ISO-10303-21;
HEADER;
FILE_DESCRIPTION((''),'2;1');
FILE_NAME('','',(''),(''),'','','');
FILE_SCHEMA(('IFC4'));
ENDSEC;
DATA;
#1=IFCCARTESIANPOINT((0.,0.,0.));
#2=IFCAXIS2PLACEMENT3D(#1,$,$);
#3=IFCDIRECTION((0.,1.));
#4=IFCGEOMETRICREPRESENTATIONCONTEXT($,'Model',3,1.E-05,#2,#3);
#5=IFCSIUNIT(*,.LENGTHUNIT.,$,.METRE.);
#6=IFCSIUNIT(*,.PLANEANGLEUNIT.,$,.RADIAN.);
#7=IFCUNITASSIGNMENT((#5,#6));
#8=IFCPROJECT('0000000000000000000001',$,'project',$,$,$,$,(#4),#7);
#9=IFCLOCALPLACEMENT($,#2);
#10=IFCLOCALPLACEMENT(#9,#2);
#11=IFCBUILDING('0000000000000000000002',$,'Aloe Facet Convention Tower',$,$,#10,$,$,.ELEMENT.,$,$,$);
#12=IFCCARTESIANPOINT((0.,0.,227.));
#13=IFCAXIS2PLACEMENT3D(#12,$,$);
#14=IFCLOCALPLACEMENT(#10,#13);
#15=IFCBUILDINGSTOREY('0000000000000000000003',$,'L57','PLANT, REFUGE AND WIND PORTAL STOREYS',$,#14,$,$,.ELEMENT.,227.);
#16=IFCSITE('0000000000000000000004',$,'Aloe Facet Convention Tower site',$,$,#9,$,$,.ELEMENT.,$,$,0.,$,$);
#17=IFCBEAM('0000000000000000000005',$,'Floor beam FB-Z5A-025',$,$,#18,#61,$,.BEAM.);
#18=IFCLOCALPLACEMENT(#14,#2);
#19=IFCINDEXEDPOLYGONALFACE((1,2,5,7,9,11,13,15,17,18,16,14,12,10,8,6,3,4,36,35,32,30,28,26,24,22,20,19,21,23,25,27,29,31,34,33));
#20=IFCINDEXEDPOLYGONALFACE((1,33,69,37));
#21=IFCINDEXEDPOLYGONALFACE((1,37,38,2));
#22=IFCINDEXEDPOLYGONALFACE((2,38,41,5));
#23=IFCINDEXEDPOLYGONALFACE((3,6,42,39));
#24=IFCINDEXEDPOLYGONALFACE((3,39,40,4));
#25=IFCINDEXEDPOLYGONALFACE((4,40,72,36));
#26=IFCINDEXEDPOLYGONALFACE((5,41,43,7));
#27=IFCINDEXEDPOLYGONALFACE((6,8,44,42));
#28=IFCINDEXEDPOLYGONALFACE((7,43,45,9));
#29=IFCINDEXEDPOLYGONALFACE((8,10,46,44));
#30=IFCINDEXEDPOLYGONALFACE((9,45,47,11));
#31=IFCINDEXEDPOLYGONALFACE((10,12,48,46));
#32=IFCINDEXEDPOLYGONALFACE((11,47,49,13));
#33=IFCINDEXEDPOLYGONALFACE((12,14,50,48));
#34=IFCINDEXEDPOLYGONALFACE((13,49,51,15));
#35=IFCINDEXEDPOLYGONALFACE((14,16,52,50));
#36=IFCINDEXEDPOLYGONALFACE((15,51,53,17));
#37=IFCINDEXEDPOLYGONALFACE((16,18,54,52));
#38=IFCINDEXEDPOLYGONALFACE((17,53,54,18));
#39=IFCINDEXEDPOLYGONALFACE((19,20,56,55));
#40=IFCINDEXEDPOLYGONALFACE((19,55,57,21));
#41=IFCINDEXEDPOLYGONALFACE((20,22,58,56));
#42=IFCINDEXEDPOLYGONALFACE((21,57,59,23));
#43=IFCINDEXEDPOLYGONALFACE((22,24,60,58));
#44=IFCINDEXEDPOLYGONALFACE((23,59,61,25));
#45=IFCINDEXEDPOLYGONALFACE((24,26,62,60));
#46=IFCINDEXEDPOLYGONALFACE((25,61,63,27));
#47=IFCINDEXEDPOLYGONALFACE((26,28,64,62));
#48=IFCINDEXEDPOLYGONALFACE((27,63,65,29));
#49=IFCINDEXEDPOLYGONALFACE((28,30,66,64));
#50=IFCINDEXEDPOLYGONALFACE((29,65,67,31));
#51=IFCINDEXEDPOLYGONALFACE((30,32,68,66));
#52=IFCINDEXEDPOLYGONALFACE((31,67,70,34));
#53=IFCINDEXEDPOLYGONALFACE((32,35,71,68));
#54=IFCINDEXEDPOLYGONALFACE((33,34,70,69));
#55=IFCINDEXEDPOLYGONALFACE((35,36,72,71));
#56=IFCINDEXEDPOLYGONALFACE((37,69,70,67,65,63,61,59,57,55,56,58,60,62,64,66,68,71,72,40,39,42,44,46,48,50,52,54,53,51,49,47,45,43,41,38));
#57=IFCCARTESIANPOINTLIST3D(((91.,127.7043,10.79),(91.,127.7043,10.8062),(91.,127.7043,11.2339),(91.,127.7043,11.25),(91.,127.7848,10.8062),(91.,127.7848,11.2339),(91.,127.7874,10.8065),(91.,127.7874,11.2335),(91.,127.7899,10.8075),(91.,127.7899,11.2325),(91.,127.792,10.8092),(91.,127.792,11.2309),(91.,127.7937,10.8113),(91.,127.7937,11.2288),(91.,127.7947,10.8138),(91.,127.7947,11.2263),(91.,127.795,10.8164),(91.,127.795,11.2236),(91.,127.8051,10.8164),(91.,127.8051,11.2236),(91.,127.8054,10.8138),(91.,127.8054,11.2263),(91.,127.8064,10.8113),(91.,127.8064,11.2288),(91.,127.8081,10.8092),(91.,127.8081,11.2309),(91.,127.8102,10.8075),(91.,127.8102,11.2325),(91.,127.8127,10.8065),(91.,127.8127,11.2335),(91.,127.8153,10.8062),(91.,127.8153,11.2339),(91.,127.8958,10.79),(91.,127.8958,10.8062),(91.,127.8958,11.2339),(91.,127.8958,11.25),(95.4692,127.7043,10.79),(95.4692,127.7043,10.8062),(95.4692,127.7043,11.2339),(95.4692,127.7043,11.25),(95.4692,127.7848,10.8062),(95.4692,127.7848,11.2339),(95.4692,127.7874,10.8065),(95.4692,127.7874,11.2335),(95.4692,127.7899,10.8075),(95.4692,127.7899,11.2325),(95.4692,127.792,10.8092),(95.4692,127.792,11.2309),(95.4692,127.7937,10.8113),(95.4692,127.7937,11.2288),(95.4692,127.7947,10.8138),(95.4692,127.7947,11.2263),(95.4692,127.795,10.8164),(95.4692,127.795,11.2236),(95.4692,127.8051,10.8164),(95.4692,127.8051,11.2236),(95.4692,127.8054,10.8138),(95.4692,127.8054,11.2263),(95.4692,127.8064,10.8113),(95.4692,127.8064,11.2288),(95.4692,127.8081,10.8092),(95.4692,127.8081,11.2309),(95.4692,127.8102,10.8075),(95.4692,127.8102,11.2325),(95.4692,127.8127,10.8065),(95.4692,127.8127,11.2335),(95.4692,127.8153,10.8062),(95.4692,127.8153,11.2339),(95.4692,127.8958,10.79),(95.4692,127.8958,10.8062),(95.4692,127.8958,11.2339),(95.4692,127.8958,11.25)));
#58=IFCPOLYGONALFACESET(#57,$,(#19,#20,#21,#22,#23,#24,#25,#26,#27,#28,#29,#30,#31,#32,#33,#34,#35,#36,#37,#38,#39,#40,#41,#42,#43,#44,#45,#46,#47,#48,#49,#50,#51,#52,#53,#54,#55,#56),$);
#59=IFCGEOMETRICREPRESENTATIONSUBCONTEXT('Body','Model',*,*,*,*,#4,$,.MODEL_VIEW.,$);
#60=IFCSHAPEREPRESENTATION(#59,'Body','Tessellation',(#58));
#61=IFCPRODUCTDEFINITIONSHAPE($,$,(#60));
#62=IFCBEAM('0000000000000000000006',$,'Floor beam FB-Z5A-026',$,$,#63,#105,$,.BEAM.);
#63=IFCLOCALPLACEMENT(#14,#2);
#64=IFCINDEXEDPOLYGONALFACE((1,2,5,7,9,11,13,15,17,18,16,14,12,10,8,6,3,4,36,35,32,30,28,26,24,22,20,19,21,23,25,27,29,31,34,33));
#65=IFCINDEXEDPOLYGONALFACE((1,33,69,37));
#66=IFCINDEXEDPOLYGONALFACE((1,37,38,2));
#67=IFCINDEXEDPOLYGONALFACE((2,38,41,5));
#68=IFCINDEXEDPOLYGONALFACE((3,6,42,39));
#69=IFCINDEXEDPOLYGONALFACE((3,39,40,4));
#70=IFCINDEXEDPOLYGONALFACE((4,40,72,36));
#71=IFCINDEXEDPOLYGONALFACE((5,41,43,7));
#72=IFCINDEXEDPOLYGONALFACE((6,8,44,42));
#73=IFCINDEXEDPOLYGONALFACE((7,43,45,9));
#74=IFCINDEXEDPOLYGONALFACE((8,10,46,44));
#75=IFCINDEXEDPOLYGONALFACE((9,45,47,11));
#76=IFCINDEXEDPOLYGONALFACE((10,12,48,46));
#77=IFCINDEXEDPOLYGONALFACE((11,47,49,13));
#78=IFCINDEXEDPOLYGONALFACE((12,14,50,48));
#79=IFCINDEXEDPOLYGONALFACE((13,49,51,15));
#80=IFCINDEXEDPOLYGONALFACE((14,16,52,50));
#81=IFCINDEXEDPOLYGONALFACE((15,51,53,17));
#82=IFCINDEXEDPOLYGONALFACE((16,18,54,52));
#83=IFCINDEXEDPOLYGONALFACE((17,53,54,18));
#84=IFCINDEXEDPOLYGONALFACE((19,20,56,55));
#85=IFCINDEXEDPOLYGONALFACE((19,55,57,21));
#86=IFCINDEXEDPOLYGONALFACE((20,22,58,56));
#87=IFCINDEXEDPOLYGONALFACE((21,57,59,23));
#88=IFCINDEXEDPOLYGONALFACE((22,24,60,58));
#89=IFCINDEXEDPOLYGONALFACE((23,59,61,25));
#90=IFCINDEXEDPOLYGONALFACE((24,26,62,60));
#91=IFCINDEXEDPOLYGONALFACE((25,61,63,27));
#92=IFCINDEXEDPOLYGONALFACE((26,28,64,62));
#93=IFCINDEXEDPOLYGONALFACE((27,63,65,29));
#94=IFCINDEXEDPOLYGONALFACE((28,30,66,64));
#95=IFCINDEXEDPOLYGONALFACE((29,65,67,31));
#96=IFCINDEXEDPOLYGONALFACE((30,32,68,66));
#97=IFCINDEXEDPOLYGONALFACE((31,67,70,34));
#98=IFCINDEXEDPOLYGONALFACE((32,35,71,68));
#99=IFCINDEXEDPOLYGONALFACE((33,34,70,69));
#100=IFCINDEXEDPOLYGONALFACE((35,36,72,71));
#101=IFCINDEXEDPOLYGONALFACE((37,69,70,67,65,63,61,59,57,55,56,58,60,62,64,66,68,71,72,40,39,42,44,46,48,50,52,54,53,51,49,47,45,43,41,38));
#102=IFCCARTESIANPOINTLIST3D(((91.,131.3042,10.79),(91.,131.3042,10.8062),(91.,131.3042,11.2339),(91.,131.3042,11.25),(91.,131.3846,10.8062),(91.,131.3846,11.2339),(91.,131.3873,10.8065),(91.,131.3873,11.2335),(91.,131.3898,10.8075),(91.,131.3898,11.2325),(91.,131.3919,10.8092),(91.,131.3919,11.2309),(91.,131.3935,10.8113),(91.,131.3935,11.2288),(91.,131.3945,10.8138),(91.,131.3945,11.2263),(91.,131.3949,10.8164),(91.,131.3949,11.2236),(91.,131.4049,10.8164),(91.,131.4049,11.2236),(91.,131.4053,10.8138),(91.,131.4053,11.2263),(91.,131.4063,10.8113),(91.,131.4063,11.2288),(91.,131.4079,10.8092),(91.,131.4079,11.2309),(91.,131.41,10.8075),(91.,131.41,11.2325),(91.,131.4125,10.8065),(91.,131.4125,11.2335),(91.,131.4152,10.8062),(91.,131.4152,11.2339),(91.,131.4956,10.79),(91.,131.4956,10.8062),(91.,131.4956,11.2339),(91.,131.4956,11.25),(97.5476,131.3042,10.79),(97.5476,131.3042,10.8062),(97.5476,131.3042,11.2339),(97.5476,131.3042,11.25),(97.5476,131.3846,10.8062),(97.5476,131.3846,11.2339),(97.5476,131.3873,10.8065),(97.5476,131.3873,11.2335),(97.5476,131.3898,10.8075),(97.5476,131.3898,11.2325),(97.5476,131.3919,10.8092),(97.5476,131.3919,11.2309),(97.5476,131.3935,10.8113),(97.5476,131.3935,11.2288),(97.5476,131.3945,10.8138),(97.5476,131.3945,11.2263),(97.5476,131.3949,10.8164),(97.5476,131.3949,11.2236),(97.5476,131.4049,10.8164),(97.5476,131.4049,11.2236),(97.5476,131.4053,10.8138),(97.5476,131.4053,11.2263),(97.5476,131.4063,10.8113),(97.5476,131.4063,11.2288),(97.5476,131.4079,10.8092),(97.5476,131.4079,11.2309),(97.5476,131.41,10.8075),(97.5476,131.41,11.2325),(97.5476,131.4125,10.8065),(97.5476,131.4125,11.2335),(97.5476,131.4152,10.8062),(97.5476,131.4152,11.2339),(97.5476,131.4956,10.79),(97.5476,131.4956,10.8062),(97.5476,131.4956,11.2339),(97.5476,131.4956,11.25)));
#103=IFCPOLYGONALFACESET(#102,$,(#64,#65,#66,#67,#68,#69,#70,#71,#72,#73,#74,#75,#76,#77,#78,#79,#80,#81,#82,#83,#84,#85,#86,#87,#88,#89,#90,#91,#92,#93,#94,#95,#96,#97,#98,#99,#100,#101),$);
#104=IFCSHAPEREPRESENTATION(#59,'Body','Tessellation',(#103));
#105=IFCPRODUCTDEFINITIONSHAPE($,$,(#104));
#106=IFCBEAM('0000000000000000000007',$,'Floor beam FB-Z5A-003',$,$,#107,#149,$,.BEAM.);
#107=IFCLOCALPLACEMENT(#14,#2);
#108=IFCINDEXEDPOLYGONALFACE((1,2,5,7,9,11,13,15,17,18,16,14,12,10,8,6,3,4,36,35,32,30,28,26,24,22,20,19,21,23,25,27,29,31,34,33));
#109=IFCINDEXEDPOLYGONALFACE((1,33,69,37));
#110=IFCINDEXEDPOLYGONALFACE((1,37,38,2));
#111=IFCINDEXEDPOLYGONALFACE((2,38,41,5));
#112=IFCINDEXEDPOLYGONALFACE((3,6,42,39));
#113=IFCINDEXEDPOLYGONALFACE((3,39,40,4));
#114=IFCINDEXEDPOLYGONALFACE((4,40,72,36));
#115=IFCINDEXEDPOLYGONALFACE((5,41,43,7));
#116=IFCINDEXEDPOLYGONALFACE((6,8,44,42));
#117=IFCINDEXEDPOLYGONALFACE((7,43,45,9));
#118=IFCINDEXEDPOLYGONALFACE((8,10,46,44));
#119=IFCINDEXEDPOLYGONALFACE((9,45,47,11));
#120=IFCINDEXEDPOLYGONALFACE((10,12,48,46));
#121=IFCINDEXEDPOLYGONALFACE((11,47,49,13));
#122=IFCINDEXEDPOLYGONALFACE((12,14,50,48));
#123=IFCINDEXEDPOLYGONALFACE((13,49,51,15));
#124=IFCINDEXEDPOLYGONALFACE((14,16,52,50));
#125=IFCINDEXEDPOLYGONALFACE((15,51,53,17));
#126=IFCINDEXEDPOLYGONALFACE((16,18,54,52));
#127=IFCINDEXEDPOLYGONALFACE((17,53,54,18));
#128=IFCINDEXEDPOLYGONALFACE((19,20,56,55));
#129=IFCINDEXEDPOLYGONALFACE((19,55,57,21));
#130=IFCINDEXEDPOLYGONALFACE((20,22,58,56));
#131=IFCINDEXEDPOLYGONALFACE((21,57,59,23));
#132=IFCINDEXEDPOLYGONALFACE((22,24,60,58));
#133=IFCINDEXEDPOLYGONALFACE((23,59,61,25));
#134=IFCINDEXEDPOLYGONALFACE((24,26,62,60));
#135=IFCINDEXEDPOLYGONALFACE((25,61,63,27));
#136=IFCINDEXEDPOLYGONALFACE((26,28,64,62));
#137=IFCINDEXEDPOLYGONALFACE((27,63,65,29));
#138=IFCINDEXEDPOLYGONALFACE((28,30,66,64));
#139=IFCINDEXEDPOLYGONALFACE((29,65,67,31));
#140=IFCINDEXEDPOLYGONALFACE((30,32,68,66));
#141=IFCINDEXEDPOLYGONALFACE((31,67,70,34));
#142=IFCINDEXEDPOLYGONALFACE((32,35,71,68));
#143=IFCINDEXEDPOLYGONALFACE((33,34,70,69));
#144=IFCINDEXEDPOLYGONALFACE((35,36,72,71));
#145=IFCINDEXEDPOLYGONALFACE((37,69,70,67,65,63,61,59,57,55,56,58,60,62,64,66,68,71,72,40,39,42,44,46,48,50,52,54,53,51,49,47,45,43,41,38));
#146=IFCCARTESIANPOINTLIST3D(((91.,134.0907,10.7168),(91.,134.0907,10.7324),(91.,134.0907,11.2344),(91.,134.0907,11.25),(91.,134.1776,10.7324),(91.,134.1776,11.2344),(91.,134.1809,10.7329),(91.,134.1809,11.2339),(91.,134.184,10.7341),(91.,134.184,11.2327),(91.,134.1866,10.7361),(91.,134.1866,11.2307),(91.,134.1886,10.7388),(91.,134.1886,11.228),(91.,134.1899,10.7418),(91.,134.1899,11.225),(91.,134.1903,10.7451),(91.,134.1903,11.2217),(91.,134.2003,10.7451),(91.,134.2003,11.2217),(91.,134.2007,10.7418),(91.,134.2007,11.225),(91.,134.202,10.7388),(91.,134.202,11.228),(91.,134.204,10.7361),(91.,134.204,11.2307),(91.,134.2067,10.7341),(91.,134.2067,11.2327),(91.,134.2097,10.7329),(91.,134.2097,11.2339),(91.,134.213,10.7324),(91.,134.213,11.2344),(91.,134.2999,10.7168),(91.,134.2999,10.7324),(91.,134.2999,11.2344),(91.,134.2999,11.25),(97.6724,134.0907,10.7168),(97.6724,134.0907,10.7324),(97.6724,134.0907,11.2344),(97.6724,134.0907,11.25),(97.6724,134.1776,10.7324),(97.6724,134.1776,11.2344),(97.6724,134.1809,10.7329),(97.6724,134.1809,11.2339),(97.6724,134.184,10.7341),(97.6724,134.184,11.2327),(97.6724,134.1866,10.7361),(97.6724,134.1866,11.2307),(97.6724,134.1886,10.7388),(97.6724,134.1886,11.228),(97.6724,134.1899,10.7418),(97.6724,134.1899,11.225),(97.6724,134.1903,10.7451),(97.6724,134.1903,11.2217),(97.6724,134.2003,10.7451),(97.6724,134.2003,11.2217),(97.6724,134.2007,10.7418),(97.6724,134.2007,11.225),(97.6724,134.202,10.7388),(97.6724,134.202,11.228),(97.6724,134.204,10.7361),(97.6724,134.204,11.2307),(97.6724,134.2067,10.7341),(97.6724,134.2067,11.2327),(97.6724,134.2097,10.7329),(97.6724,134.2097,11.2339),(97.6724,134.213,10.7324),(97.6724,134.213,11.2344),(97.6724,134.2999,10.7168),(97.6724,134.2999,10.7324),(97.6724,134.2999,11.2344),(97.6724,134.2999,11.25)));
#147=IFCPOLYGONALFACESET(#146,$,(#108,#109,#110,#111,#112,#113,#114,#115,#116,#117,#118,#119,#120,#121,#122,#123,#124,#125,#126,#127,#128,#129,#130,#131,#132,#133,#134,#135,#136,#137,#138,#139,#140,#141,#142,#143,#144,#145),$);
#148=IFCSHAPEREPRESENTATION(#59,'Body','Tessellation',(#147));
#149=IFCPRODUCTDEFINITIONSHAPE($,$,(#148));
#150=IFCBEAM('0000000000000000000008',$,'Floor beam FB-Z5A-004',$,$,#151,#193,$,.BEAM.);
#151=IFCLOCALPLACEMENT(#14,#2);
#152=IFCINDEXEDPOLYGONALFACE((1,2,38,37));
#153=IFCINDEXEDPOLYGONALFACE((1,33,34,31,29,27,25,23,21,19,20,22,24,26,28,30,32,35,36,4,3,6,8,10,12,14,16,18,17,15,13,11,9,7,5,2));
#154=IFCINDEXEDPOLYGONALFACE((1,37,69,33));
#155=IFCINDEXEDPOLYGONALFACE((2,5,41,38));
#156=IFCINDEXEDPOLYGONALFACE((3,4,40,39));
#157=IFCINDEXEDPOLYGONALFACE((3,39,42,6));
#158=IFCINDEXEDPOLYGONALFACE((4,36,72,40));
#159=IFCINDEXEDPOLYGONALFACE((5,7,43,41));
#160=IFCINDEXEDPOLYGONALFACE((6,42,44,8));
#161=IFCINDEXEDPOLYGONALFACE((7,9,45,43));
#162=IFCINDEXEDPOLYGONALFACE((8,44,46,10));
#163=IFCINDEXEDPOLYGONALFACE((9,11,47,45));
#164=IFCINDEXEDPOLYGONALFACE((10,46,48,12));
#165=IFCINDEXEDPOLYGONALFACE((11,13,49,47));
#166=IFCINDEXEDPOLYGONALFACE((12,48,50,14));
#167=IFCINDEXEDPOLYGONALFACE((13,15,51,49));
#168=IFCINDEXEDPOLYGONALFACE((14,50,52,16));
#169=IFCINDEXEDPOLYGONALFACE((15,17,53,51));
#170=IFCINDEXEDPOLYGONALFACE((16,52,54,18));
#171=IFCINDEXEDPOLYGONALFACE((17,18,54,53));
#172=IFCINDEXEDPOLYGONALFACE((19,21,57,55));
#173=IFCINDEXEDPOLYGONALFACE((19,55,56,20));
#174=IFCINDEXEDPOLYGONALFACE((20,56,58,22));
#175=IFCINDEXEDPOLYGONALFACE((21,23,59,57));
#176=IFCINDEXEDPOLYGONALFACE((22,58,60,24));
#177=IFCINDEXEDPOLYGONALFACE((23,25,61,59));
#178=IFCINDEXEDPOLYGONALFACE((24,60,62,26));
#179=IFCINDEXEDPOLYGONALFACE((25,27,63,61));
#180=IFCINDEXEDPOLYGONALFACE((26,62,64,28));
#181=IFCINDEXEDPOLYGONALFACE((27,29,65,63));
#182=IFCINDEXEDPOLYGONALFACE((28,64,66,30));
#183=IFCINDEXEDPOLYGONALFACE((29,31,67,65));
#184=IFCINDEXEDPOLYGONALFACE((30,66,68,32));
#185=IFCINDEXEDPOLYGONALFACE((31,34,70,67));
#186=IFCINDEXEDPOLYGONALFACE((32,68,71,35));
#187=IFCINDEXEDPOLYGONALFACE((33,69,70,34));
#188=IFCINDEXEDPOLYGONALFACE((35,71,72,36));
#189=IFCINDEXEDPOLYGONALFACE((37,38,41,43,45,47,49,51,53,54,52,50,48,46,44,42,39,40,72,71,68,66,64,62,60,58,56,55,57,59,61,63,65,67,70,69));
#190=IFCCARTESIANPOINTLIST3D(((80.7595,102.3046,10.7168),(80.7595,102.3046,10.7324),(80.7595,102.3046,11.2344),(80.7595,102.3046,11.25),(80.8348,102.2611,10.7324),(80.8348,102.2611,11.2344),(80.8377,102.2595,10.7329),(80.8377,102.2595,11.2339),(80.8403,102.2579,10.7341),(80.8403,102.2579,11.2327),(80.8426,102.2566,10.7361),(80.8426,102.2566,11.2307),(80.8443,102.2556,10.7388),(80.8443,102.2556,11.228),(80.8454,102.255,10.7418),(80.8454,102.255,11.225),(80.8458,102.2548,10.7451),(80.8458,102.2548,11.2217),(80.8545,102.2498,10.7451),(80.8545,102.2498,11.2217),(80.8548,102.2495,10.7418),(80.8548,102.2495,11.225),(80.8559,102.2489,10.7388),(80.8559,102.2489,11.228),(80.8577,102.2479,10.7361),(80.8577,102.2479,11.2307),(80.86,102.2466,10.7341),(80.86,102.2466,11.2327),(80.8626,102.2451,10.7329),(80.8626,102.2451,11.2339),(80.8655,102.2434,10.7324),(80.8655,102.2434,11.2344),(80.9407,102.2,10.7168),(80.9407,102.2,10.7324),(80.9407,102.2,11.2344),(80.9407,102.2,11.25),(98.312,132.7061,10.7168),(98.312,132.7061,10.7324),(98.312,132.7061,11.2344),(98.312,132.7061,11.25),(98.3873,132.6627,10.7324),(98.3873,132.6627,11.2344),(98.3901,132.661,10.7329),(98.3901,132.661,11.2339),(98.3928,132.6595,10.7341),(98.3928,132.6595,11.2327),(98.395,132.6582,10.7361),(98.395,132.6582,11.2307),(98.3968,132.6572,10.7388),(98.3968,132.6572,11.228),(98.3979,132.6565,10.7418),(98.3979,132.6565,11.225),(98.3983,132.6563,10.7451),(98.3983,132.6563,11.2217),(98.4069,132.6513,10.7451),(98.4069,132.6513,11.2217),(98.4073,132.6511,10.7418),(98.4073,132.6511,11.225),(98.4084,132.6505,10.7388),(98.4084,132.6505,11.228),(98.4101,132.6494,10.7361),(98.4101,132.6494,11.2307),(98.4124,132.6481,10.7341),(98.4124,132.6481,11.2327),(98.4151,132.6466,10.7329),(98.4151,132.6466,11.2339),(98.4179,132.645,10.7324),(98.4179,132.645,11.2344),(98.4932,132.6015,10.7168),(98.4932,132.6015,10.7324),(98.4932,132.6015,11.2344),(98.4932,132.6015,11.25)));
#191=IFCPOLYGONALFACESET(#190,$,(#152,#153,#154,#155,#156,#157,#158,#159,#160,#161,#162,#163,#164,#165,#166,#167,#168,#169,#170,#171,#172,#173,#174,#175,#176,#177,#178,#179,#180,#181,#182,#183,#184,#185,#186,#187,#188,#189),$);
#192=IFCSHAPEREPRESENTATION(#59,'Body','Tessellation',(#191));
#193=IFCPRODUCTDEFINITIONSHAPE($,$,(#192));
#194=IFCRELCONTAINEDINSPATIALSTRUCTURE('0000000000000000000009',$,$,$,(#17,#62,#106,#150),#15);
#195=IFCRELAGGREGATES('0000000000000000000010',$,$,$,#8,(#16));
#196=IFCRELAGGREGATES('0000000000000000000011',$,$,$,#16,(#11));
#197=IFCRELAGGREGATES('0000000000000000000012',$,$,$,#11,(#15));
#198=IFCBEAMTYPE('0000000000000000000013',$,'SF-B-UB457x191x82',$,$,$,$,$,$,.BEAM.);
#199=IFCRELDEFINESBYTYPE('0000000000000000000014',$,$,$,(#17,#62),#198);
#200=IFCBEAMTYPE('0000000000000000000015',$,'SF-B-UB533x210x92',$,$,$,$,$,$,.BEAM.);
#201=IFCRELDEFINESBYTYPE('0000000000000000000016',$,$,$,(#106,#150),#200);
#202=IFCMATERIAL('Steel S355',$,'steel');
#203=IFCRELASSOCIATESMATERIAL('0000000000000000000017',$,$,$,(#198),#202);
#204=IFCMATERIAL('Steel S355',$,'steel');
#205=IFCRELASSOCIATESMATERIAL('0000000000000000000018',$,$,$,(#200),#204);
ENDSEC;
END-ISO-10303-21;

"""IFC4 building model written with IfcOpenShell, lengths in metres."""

from ifc_helpers import new_model, si_unit, direction, frame, origin, origin_2d, place, context, subcontext, project, spatial, i_section, extrude, material, material_profile, profile_set, type_object, element, save


model = new_model("IFC4")

# Units and contexts
model_context = context("Model", 3, precision=1e-05, world=origin(), true_north=direction((0.0, 1.0)))
body_context = subcontext(model_context, "Body", "Model", "MODEL_VIEW")
ifc_project = project(units=[si_unit("LENGTHUNIT", "METRE"), si_unit("PLANEANGLEUNIT", "RADIAN")], contexts=[model_context])

# Site, building, storey
site_placement = place(None, origin())
site = spatial("IfcSite", under=ifc_project, at=site_placement, Name="Aloe Facet Convention Tower site", CompositionType="ELEMENT", RefElevation=0.0)
building_placement = place(site_placement, origin())
building = spatial("IfcBuilding", under=site, at=building_placement, Name="Aloe Facet Convention Tower", CompositionType="ELEMENT")
storey_placement = place(building_placement, frame((0.0, 0.0, 227.0)))
storey = spatial("IfcBuildingStorey", under=building, at=storey_placement, Name="L57", Description="PLANT, REFUGE AND WIND PORTAL STOREYS", CompositionType="ELEMENT", Elevation=227.0)

# Beams
ifc_material_1 = material(Name="Steel S355", Category="steel")
ifc_material_profile_1 = material_profile(ifc_material_1, i_section(OverallWidth=0.1914, OverallDepth=0.46, WebThickness=0.01, FlangeThickness=0.0161, FilletRadius=0.0103, at=origin_2d()), Name="UB 457x191x82")
ifc_profile_set_1 = profile_set([ifc_material_profile_1], Name="Steel S355")
beam_type_1 = type_object("IfcBeamType", Name="SF-B-UB457x191x82", PredefinedType="BEAM", material=ifc_profile_set_1)
beam_1_placement = place(storey_placement, frame((91.0, 127.8, 11.02), z_axis=(1.0, 0.0, 0.0), x_axis=(0.0, 1.0, 0.0)))
element("IfcBeam", 1, at=beam_1_placement, inside=storey, type_object=beam_type_1, Name="Floor beam FB-Z5A-025", PredefinedType="BEAM", context=body_context, shape_type="SweptSolid", body=[
    extrude(i_section(OverallWidth=0.1914, OverallDepth=0.46, WebThickness=0.01, FlangeThickness=0.0161, FilletRadius=0.0103, at=origin_2d()), origin(), (0.0, 0.0, 1.0), 4.4692),
])
beam_2_placement = place(storey_placement, frame((91.0, 131.3999, 11.02), z_axis=(1.0, 0.0, 0.0), x_axis=(0.0, 1.0, 0.0)))
element("IfcBeam", 2, at=beam_2_placement, inside=storey, type_object=beam_type_1, Name="Floor beam FB-Z5A-026", PredefinedType="BEAM", context=body_context, shape_type="SweptSolid", body=[
    extrude(i_section(OverallWidth=0.1914, OverallDepth=0.46, WebThickness=0.01, FlangeThickness=0.0161, FilletRadius=0.0103, at=origin_2d()), origin(), (0.0, 0.0, 1.0), 6.5476),
])
ifc_material_2 = material(Name="Steel S355", Category="steel")
ifc_material_profile_2 = material_profile(ifc_material_2, i_section(OverallWidth=0.2092, OverallDepth=0.5332, WebThickness=0.01, FlangeThickness=0.0156, FilletRadius=0.0127, at=origin_2d()), Name="UB 533x210x92")
ifc_profile_set_2 = profile_set([ifc_material_profile_2], Name="Steel S355")
beam_type_2 = type_object("IfcBeamType", Name="SF-B-UB533x210x92", PredefinedType="BEAM", material=ifc_profile_set_2)
beam_3_placement = place(storey_placement, frame((91.0, 134.1953, 10.9834), z_axis=(1.0, 0.0, 0.0), x_axis=(0.0, 1.0, 0.0)))
element("IfcBeam", 3, at=beam_3_placement, inside=storey, type_object=beam_type_2, Name="Floor beam FB-Z5A-003", PredefinedType="BEAM", context=body_context, shape_type="SweptSolid", body=[
    extrude(i_section(OverallWidth=0.2092, OverallDepth=0.5332, WebThickness=0.01, FlangeThickness=0.0156, FilletRadius=0.0127, at=origin_2d()), origin(), (0.0, 0.0, 1.0), 6.6724),
])
beam_4_placement = place(storey_placement, frame((98.4026, 132.6538, 10.9834), z_axis=(-0.500002, -0.866024, 0.0), x_axis=(0.866024, -0.500002, 0.0)))
element("IfcBeam", 4, at=beam_4_placement, inside=storey, type_object=beam_type_2, Name="Floor beam FB-Z5A-004", PredefinedType="BEAM", context=body_context, shape_type="SweptSolid", body=[
    extrude(i_section(OverallWidth=0.2092, OverallDepth=0.5332, WebThickness=0.01, FlangeThickness=0.0156, FilletRadius=0.0127, at=origin_2d()), origin(), (0.0, 0.0, 1.0), 35.1047),
])

save(model, "model.ifc")
